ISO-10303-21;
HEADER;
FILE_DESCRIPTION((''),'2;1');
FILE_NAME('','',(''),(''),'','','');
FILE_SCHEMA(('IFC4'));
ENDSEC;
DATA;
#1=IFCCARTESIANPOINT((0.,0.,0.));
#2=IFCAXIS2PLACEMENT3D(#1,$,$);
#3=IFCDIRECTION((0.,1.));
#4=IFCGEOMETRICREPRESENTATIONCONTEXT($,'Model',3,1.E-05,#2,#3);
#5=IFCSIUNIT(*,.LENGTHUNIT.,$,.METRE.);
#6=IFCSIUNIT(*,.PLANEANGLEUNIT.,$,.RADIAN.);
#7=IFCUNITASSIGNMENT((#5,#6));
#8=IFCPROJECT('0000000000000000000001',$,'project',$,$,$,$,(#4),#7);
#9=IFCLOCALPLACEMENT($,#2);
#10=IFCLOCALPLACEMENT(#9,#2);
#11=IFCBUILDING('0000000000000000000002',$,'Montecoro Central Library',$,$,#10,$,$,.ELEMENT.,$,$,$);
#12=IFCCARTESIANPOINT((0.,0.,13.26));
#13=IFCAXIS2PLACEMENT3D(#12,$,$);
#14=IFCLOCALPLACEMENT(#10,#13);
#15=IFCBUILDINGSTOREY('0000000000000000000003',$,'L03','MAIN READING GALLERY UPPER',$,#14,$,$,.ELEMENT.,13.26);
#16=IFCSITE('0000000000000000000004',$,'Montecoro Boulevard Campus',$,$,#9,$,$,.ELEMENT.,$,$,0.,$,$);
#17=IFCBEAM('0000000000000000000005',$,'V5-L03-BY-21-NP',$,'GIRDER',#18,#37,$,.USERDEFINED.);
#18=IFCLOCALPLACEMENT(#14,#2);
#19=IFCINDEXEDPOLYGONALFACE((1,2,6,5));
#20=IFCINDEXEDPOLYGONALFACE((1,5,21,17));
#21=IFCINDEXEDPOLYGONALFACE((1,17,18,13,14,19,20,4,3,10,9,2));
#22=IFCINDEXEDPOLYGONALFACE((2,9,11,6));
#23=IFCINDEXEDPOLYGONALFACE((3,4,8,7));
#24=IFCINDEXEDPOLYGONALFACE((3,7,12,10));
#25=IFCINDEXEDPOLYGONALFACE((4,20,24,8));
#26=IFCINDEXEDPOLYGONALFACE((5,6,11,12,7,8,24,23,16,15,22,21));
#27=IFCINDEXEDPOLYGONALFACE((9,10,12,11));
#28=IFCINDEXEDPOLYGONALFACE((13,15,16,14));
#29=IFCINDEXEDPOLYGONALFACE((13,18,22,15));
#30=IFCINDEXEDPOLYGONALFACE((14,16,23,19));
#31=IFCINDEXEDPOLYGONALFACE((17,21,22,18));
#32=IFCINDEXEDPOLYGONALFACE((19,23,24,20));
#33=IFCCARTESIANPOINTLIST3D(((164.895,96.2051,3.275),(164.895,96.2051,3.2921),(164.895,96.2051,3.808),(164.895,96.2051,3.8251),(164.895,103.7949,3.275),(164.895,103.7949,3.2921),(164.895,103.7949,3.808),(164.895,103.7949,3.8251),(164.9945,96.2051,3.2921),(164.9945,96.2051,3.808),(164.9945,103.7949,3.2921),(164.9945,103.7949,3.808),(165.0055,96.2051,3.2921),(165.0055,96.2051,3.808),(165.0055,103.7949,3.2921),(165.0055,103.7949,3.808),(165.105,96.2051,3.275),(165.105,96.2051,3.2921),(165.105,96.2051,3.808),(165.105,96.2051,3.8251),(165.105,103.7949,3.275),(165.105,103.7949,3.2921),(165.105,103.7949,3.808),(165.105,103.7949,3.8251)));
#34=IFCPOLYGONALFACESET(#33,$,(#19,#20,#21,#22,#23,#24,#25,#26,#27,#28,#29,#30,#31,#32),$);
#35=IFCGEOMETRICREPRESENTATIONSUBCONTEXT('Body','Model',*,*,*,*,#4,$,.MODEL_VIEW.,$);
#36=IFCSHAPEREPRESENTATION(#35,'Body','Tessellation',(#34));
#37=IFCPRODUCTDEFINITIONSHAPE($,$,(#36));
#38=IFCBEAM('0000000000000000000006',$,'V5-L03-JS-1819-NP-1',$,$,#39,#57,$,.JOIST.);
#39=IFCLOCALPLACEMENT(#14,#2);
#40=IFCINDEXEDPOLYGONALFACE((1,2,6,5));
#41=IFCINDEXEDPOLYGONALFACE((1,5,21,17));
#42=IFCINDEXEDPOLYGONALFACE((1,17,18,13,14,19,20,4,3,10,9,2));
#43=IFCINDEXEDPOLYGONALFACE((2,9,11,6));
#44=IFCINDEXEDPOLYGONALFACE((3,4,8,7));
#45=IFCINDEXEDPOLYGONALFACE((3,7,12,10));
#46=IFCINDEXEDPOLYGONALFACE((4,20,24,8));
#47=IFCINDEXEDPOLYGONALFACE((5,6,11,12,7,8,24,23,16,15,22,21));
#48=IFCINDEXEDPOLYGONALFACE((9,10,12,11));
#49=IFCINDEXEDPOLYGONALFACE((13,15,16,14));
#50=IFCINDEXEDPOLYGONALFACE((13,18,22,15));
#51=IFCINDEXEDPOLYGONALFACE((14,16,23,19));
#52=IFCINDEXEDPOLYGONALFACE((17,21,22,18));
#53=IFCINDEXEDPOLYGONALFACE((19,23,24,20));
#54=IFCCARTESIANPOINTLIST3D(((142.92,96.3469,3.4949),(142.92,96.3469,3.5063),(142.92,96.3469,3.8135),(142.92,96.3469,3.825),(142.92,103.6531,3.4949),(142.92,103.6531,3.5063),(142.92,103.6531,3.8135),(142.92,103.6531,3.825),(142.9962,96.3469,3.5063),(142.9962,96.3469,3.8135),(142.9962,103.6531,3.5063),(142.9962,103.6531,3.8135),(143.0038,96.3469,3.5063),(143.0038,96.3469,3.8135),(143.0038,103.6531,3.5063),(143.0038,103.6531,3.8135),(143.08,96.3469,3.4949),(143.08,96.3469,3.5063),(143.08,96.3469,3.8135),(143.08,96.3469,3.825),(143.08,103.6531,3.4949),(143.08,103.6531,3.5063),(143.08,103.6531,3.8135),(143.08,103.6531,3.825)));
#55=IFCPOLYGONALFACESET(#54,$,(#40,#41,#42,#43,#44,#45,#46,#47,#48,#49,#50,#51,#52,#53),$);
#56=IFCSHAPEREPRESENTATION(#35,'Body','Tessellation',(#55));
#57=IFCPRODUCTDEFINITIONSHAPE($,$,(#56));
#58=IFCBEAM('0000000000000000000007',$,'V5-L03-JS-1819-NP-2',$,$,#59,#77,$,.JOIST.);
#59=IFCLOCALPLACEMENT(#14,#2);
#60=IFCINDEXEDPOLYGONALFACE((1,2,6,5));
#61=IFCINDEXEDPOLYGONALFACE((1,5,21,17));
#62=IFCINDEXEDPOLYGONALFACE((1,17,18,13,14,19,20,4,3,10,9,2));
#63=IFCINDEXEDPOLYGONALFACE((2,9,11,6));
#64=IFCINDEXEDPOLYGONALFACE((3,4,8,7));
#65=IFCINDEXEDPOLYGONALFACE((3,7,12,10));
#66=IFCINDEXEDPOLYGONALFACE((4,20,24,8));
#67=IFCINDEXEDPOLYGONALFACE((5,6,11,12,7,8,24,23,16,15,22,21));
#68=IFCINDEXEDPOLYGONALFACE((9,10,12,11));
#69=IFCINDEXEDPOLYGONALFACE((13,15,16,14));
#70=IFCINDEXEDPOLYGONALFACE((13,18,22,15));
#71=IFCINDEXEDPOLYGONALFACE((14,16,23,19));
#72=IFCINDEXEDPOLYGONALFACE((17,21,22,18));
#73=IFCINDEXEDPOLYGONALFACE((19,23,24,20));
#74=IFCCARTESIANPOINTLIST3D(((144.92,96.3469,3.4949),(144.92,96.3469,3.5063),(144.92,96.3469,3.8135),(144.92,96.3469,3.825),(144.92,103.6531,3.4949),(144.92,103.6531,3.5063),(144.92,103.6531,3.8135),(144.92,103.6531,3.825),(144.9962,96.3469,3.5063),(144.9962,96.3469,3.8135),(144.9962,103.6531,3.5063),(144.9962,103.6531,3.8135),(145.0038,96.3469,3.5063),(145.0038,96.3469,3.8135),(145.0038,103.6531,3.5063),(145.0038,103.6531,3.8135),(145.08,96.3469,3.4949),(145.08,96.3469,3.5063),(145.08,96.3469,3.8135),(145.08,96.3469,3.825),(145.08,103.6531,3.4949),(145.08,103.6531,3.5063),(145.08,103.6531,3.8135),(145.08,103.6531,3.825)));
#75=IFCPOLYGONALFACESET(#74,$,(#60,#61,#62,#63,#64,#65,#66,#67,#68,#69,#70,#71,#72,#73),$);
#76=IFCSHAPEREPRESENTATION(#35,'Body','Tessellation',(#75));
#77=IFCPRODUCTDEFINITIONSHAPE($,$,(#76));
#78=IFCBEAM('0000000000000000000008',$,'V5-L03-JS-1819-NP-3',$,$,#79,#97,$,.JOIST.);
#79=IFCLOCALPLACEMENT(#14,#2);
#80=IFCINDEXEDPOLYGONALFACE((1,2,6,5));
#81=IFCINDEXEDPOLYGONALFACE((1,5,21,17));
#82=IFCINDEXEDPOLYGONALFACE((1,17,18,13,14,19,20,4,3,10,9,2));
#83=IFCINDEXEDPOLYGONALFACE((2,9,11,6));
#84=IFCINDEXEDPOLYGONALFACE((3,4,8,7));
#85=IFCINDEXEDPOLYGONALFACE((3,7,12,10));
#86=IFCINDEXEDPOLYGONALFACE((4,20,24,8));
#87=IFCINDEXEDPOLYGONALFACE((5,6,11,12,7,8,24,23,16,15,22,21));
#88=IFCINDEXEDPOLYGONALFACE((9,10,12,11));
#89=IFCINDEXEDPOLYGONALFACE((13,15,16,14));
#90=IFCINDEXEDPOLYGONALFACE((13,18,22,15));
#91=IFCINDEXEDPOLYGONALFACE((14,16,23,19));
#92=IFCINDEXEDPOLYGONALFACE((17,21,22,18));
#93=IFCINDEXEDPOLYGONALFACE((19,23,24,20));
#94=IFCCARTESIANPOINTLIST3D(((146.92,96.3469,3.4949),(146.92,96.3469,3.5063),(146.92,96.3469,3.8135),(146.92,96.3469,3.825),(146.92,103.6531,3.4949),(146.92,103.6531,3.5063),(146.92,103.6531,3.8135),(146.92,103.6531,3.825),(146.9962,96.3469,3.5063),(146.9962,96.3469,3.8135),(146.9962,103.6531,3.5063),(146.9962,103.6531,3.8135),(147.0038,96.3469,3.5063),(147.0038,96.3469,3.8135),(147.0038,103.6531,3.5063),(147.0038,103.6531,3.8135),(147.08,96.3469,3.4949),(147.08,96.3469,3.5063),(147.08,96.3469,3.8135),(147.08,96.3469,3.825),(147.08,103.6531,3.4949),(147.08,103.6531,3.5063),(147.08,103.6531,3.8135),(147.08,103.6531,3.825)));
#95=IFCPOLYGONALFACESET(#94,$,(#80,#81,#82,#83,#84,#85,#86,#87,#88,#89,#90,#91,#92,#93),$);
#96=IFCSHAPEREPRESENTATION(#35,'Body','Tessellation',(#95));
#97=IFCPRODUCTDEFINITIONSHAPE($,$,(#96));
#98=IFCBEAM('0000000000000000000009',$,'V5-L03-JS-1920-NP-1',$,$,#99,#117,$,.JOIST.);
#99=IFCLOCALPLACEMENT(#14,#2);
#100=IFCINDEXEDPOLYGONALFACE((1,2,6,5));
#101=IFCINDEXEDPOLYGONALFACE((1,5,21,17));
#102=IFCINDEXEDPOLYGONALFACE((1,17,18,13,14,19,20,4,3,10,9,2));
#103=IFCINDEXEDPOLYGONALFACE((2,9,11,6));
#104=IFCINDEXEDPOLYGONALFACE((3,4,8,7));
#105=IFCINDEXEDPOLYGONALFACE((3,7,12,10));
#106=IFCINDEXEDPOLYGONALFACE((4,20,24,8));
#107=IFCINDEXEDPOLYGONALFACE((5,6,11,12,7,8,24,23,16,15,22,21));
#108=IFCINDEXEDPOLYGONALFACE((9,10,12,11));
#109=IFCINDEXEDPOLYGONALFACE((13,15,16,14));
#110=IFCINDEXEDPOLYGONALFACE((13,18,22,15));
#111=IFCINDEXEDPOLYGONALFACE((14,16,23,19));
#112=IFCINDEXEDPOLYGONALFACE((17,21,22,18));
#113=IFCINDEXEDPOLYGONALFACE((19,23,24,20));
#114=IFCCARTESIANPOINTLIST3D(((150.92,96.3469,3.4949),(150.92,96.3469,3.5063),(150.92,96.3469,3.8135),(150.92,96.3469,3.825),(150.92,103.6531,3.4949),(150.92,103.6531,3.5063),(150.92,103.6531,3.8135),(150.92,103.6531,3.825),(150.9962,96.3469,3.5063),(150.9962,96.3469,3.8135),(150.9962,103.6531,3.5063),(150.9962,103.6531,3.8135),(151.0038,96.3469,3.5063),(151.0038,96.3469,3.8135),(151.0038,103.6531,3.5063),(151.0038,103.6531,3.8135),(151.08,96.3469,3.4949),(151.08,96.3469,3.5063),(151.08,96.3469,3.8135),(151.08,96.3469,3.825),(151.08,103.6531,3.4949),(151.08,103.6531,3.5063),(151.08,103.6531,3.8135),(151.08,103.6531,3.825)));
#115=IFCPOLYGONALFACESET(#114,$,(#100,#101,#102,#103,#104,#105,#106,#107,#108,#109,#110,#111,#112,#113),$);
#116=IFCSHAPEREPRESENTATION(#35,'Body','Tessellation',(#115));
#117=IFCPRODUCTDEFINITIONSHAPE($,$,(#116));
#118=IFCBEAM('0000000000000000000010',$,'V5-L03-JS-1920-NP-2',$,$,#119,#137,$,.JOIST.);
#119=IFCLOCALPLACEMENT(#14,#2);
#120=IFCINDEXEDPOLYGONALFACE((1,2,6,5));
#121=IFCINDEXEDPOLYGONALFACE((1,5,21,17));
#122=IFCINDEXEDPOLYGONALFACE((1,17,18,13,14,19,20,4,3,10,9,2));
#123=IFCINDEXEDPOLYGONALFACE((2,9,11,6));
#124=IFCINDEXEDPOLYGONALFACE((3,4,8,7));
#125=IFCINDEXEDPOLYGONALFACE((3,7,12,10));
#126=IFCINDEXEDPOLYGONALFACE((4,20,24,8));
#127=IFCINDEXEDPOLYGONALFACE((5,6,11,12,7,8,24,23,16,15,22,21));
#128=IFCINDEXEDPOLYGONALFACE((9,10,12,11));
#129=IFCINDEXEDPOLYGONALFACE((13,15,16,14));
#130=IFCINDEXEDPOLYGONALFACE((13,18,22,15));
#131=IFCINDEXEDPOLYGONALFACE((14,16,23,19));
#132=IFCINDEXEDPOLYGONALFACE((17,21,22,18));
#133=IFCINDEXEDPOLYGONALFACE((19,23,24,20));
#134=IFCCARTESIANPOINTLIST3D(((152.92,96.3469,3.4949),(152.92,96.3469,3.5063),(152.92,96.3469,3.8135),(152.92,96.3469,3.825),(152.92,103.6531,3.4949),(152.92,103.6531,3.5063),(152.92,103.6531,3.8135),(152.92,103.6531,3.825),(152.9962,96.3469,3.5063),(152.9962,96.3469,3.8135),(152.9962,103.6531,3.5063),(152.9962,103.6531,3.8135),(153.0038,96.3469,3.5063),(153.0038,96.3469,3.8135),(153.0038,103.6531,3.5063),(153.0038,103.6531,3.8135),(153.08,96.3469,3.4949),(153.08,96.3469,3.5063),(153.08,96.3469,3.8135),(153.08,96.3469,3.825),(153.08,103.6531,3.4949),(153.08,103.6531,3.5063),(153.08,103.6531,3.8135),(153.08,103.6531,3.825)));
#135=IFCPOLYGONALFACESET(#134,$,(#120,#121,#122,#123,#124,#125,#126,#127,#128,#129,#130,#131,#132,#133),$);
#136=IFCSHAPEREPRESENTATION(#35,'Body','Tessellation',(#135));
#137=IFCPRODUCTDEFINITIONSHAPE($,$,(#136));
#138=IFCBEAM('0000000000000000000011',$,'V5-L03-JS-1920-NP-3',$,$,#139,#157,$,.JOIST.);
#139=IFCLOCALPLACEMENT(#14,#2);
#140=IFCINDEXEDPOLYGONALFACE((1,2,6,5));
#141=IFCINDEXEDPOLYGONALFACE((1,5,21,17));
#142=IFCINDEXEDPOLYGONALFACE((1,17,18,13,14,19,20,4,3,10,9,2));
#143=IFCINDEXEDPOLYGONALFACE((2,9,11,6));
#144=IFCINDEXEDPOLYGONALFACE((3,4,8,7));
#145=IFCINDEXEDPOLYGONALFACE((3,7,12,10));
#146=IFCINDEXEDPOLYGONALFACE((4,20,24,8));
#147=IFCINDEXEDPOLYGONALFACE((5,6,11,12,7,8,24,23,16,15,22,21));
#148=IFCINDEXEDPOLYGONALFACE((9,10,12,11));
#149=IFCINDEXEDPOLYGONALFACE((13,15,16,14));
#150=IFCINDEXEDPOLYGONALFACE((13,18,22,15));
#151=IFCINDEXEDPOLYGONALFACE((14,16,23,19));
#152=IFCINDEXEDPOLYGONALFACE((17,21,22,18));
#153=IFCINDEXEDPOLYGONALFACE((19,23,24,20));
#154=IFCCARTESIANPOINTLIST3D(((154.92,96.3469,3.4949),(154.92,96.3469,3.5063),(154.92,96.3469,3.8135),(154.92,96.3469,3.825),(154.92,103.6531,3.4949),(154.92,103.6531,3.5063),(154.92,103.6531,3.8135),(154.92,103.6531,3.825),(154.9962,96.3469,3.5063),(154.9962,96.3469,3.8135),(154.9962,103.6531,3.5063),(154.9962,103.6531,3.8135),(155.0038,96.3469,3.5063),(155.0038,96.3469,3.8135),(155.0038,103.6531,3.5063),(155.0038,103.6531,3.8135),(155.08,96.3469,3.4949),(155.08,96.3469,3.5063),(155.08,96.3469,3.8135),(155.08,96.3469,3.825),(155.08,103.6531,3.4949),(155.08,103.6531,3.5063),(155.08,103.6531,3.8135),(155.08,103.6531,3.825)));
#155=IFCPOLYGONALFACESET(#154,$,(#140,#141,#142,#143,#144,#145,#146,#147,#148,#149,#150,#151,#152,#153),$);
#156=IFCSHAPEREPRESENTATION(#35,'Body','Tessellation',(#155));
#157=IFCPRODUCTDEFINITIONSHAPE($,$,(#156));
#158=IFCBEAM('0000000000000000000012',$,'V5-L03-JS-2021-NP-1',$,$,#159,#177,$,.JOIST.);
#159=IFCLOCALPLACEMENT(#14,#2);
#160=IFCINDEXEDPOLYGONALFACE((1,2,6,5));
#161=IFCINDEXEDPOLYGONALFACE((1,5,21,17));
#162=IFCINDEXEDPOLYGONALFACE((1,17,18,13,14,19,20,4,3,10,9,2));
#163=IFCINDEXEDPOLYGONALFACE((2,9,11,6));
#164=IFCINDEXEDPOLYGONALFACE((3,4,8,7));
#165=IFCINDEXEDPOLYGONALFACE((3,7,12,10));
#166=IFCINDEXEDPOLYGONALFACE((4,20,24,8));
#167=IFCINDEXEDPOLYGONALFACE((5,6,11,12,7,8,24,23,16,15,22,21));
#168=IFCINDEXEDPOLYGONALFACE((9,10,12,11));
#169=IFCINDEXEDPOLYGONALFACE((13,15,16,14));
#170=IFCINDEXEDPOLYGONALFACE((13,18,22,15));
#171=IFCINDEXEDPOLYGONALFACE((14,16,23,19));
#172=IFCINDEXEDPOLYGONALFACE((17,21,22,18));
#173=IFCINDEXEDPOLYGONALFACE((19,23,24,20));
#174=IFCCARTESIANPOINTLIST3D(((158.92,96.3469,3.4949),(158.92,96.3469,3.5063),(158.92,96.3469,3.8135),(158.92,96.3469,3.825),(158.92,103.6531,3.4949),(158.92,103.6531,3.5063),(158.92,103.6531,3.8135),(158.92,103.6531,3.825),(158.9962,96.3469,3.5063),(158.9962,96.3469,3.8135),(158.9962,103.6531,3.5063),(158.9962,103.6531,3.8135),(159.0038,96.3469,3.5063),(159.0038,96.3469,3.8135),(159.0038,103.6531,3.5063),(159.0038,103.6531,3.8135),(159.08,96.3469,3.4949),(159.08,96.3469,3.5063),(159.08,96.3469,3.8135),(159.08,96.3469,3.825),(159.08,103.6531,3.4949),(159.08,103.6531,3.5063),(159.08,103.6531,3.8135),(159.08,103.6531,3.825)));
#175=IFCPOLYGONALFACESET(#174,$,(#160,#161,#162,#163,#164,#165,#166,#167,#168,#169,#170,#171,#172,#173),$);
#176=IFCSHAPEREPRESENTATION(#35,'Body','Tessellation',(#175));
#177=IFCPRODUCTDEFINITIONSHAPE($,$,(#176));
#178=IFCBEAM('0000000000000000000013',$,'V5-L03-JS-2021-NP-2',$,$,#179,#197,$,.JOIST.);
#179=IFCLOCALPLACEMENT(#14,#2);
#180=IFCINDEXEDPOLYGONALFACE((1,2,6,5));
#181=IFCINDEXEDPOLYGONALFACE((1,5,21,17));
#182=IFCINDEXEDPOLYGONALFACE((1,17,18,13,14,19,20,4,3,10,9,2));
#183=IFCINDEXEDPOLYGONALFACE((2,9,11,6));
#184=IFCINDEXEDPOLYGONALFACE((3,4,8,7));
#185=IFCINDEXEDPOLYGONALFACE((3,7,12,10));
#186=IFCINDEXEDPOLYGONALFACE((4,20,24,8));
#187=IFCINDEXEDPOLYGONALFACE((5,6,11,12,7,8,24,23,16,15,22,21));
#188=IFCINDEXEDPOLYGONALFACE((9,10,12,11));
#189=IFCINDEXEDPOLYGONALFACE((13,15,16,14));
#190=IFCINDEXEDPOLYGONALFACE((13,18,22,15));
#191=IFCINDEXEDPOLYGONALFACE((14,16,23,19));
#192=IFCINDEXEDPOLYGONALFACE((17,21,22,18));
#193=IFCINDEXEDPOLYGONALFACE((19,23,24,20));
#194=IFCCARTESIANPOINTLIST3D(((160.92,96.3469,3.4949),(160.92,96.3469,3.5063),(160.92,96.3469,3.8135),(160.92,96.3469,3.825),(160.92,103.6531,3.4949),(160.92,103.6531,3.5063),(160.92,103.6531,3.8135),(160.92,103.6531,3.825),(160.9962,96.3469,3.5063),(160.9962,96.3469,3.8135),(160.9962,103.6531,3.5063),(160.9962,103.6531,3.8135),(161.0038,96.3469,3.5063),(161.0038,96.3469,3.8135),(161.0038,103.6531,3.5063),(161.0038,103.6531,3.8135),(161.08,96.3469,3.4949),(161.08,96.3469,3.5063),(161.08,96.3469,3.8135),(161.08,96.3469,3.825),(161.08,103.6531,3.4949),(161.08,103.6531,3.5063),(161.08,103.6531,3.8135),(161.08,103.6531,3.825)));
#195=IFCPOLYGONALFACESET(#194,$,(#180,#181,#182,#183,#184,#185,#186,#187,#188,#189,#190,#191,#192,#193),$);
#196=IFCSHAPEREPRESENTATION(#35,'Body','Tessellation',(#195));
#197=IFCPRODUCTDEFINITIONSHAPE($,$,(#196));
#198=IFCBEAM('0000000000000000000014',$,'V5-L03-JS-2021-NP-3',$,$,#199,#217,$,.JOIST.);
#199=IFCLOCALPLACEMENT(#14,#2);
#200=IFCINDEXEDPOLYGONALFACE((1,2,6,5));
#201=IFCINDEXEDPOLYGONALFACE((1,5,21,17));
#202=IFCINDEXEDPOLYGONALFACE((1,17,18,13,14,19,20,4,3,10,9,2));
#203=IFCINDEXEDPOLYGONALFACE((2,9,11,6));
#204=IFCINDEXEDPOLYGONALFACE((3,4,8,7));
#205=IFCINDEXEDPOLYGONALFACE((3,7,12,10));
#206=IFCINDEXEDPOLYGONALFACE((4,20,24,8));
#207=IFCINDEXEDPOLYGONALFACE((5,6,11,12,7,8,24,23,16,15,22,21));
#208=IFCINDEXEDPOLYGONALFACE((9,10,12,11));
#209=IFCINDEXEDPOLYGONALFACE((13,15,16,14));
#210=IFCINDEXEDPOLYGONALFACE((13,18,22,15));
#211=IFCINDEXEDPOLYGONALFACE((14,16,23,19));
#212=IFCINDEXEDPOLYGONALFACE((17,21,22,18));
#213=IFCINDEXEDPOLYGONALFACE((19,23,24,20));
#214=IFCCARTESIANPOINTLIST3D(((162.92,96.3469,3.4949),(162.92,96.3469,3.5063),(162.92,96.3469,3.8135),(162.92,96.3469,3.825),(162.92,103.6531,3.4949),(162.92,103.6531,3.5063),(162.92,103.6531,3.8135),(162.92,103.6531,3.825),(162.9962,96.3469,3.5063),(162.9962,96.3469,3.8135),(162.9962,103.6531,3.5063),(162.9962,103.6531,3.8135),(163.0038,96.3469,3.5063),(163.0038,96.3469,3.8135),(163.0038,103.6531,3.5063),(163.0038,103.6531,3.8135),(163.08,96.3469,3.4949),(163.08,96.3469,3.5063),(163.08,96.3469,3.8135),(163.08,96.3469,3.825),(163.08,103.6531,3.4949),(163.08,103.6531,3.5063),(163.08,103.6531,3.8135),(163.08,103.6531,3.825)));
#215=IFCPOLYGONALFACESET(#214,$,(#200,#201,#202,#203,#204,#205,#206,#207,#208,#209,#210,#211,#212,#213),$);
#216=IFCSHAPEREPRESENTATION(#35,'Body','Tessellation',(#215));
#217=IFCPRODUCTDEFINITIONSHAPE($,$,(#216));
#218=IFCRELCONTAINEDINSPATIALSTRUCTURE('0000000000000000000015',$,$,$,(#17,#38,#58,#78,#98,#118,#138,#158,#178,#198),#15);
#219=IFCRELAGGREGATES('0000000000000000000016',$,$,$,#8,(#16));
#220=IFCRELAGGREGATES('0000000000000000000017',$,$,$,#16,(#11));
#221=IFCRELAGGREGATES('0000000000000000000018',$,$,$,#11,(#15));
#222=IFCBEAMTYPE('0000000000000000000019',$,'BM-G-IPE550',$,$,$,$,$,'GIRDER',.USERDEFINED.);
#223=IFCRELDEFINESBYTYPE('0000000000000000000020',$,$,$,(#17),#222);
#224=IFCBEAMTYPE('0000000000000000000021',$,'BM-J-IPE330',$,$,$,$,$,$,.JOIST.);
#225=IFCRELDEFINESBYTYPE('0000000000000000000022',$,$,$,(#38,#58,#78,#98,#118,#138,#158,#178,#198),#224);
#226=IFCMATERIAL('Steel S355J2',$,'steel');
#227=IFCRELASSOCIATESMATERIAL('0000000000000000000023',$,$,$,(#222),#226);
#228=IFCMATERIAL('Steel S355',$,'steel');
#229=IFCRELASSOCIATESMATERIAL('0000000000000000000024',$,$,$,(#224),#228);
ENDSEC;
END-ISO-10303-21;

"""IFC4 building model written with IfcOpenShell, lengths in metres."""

from ifc_helpers import new_model, si_unit, direction, frame, origin, origin_2d, place, context, subcontext, project, spatial, i_section, extrude, material, material_profile, profile_set, type_object, element, save


model = new_model("IFC4")

# Units and contexts
model_context = context("Model", 3, precision=1e-05, world=origin(), true_north=direction((0.0, 1.0)))
body_context = subcontext(model_context, "Body", "Model", "MODEL_VIEW")
ifc_project = project(units=[si_unit("LENGTHUNIT", "METRE"), si_unit("PLANEANGLEUNIT", "RADIAN")], contexts=[model_context])

# Site, building, storey
site_placement = place(None, origin())
site = spatial("IfcSite", under=ifc_project, at=site_placement, Name="Montecoro Boulevard Campus", CompositionType="ELEMENT", RefElevation=0.0)
building_placement = place(site_placement, origin())
building = spatial("IfcBuilding", under=site, at=building_placement, Name="Montecoro Central Library", CompositionType="ELEMENT")
storey_placement = place(building_placement, frame((0.0, 0.0, 13.26)))
storey = spatial("IfcBuildingStorey", under=building, at=storey_placement, Name="L03", Description="MAIN READING GALLERY UPPER", CompositionType="ELEMENT", Elevation=13.26)

# Shared definitions
ifc_material_1 = material(Name="Steel S355", Category="steel")

# Beams
ifc_material_2 = material(Name="Steel S355J2", Category="steel")
ifc_material_profile_1 = material_profile(ifc_material_2, i_section(OverallWidth=0.21, OverallDepth=0.55, WebThickness=0.011, FlangeThickness=0.0171, at=origin_2d()), Name="IPE 550")
ifc_profile_set_1 = profile_set([ifc_material_profile_1], Name="Steel S355J2")
beam_type_1 = type_object("IfcBeamType", Name="BM-G-IPE550", ElementType="GIRDER", PredefinedType="USERDEFINED", material=ifc_profile_set_1)
for number, where, z_axis, x_axis, name in (
    (1, (165.0, 96.2051, 3.55), (0.0, 1.0, 0.0), (-1.0, 0.0, 0.0), "V5-L03-BY-21-NP"),
):
    element("IfcBeam", number, at=place(storey_placement, frame(where, z_axis=z_axis, x_axis=x_axis)), inside=storey, type_object=beam_type_1, Name=name, ObjectType="GIRDER", PredefinedType="USERDEFINED", context=body_context, shape_type="SweptSolid", body=[
        extrude(i_section(OverallWidth=0.21, OverallDepth=0.55, WebThickness=0.011, FlangeThickness=0.0171, at=origin_2d()), origin(), (0.0, 0.0, 1.0), 7.5898),
    ])
ifc_material_profile_2 = material_profile(ifc_material_1, i_section(OverallWidth=0.1599, OverallDepth=0.3301, WebThickness=0.0076, FlangeThickness=0.0115, at=origin_2d()), Name="IPE 330")
ifc_profile_set_2 = profile_set([ifc_material_profile_2], Name="Steel S355")
beam_type_2 = type_object("IfcBeamType", Name="BM-J-IPE330", PredefinedType="JOIST", material=ifc_profile_set_2)
for number, where, z_axis, x_axis, name in (
    (2, (143.0, 96.3469, 3.6599), (0.0, 1.0, 0.0), (-1.0, 0.0, 0.0), "V5-L03-JS-1819-NP-1"),
    (3, (145.0, 96.3469, 3.6599), (0.0, 1.0, 0.0), (-1.0, 0.0, 0.0), "V5-L03-JS-1819-NP-2"),
    (4, (147.0, 96.3469, 3.6599), (0.0, 1.0, 0.0), (-1.0, 0.0, 0.0), "V5-L03-JS-1819-NP-3"),
    (5, (151.0, 96.3469, 3.6599), (0.0, 1.0, 0.0), (-1.0, 0.0, 0.0), "V5-L03-JS-1920-NP-1"),
    (6, (153.0, 96.3469, 3.6599), (0.0, 1.0, 0.0), (-1.0, 0.0, 0.0), "V5-L03-JS-1920-NP-2"),
    (7, (155.0, 96.3469, 3.6599), (0.0, 1.0, 0.0), (-1.0, 0.0, 0.0), "V5-L03-JS-1920-NP-3"),
    (8, (159.0, 96.3469, 3.6599), (0.0, 1.0, 0.0), (-1.0, 0.0, 0.0), "V5-L03-JS-2021-NP-1"),
    (9, (161.0, 96.3469, 3.6599), (0.0, 1.0, 0.0), (-1.0, 0.0, 0.0), "V5-L03-JS-2021-NP-2"),
    (10, (163.0, 96.3469, 3.6599), (0.0, 1.0, 0.0), (-1.0, 0.0, 0.0), "V5-L03-JS-2021-NP-3"),
):
    element("IfcBeam", number, at=place(storey_placement, frame(where, z_axis=z_axis, x_axis=x_axis)), inside=storey, type_object=beam_type_2, Name=name, PredefinedType="JOIST", context=body_context, shape_type="SweptSolid", body=[
        extrude(i_section(OverallWidth=0.1599, OverallDepth=0.3301, WebThickness=0.0076, FlangeThickness=0.0115, at=origin_2d()), origin(), (0.0, 0.0, 1.0), 7.3062),
    ])

save(model, "model.ifc")
